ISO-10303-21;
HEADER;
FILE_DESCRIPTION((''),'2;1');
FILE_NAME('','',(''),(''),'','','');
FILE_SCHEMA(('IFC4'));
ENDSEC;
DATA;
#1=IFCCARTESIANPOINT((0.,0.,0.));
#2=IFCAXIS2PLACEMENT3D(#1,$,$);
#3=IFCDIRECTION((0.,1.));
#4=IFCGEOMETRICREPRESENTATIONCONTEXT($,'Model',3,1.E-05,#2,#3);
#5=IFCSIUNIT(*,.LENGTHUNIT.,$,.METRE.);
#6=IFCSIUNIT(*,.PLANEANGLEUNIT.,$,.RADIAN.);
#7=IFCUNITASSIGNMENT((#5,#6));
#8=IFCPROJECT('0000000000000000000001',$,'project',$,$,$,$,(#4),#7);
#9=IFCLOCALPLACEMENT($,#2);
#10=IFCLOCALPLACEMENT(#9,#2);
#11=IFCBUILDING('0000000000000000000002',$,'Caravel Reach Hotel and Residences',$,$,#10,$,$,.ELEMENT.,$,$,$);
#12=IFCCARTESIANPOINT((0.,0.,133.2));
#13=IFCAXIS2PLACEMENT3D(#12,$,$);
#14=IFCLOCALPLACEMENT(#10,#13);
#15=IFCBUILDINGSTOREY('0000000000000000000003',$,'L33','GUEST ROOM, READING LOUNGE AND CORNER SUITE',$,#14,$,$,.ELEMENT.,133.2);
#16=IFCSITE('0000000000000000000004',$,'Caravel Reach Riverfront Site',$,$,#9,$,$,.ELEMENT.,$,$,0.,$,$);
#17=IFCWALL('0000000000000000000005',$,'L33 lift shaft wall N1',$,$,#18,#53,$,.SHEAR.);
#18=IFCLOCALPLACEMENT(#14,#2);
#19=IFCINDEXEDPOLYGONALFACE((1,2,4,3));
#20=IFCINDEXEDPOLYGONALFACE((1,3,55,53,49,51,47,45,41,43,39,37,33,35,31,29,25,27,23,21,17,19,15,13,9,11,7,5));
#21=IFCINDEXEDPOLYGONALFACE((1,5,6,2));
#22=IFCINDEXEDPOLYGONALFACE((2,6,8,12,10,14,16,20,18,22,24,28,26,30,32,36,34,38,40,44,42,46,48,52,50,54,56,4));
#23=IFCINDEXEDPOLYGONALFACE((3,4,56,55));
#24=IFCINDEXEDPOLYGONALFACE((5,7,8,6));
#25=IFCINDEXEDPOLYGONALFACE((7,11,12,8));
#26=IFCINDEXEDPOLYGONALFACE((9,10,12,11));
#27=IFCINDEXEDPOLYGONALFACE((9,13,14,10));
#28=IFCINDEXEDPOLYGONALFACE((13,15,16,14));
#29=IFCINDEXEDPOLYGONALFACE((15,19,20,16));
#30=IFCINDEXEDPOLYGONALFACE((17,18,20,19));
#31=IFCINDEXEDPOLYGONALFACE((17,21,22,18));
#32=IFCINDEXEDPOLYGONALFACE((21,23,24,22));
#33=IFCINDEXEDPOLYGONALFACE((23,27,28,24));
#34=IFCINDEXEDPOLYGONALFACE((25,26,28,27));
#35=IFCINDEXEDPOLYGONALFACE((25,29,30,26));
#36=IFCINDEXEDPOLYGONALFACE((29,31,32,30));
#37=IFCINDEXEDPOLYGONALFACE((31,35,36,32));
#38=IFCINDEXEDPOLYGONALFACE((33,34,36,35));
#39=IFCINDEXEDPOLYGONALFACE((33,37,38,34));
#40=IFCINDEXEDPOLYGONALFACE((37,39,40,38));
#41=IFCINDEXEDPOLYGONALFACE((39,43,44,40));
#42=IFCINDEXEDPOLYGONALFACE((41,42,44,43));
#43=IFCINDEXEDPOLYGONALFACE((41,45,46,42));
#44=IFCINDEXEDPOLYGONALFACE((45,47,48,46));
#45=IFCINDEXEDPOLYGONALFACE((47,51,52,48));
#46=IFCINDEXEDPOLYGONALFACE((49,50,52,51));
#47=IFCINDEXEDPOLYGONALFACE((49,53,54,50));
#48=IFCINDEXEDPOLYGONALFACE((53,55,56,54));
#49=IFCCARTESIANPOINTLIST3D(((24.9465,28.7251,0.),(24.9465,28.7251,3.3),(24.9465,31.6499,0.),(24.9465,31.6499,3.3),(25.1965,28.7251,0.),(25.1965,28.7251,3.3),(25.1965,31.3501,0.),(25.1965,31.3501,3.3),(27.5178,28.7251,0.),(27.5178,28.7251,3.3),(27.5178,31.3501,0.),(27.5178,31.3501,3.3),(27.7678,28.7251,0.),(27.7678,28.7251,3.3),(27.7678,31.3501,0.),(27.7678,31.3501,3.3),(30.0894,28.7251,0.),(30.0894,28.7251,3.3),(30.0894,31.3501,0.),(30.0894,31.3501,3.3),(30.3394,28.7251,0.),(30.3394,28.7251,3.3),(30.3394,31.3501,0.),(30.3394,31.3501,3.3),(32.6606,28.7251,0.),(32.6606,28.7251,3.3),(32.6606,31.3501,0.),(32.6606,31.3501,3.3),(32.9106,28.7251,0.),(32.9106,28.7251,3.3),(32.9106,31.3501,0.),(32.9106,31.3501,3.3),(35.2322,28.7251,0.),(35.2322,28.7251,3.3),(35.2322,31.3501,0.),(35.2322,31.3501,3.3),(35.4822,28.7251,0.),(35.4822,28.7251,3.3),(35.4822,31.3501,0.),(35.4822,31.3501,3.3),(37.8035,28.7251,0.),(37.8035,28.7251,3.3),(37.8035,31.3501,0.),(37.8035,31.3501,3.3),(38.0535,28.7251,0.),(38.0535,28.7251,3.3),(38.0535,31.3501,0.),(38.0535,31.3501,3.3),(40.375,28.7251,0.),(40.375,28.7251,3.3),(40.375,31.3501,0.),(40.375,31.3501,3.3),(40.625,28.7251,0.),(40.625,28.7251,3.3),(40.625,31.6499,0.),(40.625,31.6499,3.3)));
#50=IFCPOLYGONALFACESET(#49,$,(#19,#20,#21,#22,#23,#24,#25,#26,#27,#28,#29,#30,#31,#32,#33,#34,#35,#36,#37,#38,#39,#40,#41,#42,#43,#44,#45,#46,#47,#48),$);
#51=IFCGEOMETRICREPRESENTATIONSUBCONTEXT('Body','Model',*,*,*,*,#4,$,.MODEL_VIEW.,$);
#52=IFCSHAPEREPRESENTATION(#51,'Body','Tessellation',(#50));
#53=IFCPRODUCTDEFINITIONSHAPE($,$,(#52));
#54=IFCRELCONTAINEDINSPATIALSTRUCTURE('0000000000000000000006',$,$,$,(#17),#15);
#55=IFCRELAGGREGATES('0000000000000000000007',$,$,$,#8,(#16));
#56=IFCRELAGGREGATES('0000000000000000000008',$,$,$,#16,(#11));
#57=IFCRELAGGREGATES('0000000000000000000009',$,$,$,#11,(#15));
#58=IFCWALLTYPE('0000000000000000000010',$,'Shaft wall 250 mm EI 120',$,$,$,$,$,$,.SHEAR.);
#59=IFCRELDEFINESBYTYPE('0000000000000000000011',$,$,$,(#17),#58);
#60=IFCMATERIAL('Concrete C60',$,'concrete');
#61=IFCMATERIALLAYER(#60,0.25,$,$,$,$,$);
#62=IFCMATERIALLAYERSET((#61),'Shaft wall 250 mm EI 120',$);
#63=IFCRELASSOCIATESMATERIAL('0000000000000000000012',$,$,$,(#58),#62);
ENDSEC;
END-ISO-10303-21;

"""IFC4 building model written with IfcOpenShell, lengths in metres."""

from ifc_helpers import new_model, si_unit, direction, frame, origin, place, context, subcontext, project, spatial, polyline, outline, extrude, material, layer, layer_set, type_object, element, save


model = new_model("IFC4")

# Units and contexts
model_context = context("Model", 3, precision=1e-05, world=origin(), true_north=direction((0.0, 1.0)))
body_context = subcontext(model_context, "Body", "Model", "MODEL_VIEW")
ifc_project = project(units=[si_unit("LENGTHUNIT", "METRE"), si_unit("PLANEANGLEUNIT", "RADIAN")], contexts=[model_context])

# Site, building, storey
site_placement = place(None, origin())
site = spatial("IfcSite", under=ifc_project, at=site_placement, Name="Caravel Reach Riverfront Site", CompositionType="ELEMENT", RefElevation=0.0)
building_placement = place(site_placement, origin())
building = spatial("IfcBuilding", under=site, at=building_placement, Name="Caravel Reach Hotel and Residences", CompositionType="ELEMENT")
storey_placement = place(building_placement, frame((0.0, 0.0, 133.2)))
storey = spatial("IfcBuildingStorey", under=building, at=storey_placement, Name="L33", Description="GUEST ROOM, READING LOUNGE AND CORNER SUITE", CompositionType="ELEMENT", Elevation=133.2)

# Wall
ifc_material_1 = material(Name="Concrete C60", Category="concrete")
ifc_layer_1 = layer(ifc_material_1, 0.25)
ifc_layer_set_1 = layer_set([ifc_layer_1], Name="Shaft wall 250 mm EI 120")
wall_type_1 = type_object("IfcWallType", Name="Shaft wall 250 mm EI 120", PredefinedType="SHEAR", material=ifc_layer_set_1)
wall_1_placement = place(storey_placement, origin())
element("IfcWall", 1, at=wall_1_placement, inside=storey, type_object=wall_type_1, Name="L33 lift shaft wall N1", PredefinedType="SHEAR", context=body_context, shape_type="SweptSolid", body=[
    extrude(outline(polyline([(24.9465, 28.7251), (25.1965, 28.7251), (25.1965, 31.3501), (27.5178, 31.3501), (27.5178, 28.7251), (27.7678, 28.7251), (27.7678, 31.3501), (30.0894, 31.3501), (30.0894, 28.7251), (30.3394, 28.7251), (30.3394, 31.3501), (32.6606, 31.3501), (32.6606, 28.7251), (32.9106, 28.7251), (32.9106, 31.3501), (35.2322, 31.3501), (35.2322, 28.7251), (35.4822, 28.7251), (35.4822, 31.3501), (37.8035, 31.3501), (37.8035, 28.7251), (38.0535, 28.7251), (38.0535, 31.3501), (40.375, 31.3501), (40.375, 28.7251), (40.625, 28.7251), (40.625, 31.6499), (24.9465, 31.6499), (24.9465, 28.7251)])), origin(), (0.0, 0.0, 1.0), 3.3),
])

save(model, "model.ifc")
